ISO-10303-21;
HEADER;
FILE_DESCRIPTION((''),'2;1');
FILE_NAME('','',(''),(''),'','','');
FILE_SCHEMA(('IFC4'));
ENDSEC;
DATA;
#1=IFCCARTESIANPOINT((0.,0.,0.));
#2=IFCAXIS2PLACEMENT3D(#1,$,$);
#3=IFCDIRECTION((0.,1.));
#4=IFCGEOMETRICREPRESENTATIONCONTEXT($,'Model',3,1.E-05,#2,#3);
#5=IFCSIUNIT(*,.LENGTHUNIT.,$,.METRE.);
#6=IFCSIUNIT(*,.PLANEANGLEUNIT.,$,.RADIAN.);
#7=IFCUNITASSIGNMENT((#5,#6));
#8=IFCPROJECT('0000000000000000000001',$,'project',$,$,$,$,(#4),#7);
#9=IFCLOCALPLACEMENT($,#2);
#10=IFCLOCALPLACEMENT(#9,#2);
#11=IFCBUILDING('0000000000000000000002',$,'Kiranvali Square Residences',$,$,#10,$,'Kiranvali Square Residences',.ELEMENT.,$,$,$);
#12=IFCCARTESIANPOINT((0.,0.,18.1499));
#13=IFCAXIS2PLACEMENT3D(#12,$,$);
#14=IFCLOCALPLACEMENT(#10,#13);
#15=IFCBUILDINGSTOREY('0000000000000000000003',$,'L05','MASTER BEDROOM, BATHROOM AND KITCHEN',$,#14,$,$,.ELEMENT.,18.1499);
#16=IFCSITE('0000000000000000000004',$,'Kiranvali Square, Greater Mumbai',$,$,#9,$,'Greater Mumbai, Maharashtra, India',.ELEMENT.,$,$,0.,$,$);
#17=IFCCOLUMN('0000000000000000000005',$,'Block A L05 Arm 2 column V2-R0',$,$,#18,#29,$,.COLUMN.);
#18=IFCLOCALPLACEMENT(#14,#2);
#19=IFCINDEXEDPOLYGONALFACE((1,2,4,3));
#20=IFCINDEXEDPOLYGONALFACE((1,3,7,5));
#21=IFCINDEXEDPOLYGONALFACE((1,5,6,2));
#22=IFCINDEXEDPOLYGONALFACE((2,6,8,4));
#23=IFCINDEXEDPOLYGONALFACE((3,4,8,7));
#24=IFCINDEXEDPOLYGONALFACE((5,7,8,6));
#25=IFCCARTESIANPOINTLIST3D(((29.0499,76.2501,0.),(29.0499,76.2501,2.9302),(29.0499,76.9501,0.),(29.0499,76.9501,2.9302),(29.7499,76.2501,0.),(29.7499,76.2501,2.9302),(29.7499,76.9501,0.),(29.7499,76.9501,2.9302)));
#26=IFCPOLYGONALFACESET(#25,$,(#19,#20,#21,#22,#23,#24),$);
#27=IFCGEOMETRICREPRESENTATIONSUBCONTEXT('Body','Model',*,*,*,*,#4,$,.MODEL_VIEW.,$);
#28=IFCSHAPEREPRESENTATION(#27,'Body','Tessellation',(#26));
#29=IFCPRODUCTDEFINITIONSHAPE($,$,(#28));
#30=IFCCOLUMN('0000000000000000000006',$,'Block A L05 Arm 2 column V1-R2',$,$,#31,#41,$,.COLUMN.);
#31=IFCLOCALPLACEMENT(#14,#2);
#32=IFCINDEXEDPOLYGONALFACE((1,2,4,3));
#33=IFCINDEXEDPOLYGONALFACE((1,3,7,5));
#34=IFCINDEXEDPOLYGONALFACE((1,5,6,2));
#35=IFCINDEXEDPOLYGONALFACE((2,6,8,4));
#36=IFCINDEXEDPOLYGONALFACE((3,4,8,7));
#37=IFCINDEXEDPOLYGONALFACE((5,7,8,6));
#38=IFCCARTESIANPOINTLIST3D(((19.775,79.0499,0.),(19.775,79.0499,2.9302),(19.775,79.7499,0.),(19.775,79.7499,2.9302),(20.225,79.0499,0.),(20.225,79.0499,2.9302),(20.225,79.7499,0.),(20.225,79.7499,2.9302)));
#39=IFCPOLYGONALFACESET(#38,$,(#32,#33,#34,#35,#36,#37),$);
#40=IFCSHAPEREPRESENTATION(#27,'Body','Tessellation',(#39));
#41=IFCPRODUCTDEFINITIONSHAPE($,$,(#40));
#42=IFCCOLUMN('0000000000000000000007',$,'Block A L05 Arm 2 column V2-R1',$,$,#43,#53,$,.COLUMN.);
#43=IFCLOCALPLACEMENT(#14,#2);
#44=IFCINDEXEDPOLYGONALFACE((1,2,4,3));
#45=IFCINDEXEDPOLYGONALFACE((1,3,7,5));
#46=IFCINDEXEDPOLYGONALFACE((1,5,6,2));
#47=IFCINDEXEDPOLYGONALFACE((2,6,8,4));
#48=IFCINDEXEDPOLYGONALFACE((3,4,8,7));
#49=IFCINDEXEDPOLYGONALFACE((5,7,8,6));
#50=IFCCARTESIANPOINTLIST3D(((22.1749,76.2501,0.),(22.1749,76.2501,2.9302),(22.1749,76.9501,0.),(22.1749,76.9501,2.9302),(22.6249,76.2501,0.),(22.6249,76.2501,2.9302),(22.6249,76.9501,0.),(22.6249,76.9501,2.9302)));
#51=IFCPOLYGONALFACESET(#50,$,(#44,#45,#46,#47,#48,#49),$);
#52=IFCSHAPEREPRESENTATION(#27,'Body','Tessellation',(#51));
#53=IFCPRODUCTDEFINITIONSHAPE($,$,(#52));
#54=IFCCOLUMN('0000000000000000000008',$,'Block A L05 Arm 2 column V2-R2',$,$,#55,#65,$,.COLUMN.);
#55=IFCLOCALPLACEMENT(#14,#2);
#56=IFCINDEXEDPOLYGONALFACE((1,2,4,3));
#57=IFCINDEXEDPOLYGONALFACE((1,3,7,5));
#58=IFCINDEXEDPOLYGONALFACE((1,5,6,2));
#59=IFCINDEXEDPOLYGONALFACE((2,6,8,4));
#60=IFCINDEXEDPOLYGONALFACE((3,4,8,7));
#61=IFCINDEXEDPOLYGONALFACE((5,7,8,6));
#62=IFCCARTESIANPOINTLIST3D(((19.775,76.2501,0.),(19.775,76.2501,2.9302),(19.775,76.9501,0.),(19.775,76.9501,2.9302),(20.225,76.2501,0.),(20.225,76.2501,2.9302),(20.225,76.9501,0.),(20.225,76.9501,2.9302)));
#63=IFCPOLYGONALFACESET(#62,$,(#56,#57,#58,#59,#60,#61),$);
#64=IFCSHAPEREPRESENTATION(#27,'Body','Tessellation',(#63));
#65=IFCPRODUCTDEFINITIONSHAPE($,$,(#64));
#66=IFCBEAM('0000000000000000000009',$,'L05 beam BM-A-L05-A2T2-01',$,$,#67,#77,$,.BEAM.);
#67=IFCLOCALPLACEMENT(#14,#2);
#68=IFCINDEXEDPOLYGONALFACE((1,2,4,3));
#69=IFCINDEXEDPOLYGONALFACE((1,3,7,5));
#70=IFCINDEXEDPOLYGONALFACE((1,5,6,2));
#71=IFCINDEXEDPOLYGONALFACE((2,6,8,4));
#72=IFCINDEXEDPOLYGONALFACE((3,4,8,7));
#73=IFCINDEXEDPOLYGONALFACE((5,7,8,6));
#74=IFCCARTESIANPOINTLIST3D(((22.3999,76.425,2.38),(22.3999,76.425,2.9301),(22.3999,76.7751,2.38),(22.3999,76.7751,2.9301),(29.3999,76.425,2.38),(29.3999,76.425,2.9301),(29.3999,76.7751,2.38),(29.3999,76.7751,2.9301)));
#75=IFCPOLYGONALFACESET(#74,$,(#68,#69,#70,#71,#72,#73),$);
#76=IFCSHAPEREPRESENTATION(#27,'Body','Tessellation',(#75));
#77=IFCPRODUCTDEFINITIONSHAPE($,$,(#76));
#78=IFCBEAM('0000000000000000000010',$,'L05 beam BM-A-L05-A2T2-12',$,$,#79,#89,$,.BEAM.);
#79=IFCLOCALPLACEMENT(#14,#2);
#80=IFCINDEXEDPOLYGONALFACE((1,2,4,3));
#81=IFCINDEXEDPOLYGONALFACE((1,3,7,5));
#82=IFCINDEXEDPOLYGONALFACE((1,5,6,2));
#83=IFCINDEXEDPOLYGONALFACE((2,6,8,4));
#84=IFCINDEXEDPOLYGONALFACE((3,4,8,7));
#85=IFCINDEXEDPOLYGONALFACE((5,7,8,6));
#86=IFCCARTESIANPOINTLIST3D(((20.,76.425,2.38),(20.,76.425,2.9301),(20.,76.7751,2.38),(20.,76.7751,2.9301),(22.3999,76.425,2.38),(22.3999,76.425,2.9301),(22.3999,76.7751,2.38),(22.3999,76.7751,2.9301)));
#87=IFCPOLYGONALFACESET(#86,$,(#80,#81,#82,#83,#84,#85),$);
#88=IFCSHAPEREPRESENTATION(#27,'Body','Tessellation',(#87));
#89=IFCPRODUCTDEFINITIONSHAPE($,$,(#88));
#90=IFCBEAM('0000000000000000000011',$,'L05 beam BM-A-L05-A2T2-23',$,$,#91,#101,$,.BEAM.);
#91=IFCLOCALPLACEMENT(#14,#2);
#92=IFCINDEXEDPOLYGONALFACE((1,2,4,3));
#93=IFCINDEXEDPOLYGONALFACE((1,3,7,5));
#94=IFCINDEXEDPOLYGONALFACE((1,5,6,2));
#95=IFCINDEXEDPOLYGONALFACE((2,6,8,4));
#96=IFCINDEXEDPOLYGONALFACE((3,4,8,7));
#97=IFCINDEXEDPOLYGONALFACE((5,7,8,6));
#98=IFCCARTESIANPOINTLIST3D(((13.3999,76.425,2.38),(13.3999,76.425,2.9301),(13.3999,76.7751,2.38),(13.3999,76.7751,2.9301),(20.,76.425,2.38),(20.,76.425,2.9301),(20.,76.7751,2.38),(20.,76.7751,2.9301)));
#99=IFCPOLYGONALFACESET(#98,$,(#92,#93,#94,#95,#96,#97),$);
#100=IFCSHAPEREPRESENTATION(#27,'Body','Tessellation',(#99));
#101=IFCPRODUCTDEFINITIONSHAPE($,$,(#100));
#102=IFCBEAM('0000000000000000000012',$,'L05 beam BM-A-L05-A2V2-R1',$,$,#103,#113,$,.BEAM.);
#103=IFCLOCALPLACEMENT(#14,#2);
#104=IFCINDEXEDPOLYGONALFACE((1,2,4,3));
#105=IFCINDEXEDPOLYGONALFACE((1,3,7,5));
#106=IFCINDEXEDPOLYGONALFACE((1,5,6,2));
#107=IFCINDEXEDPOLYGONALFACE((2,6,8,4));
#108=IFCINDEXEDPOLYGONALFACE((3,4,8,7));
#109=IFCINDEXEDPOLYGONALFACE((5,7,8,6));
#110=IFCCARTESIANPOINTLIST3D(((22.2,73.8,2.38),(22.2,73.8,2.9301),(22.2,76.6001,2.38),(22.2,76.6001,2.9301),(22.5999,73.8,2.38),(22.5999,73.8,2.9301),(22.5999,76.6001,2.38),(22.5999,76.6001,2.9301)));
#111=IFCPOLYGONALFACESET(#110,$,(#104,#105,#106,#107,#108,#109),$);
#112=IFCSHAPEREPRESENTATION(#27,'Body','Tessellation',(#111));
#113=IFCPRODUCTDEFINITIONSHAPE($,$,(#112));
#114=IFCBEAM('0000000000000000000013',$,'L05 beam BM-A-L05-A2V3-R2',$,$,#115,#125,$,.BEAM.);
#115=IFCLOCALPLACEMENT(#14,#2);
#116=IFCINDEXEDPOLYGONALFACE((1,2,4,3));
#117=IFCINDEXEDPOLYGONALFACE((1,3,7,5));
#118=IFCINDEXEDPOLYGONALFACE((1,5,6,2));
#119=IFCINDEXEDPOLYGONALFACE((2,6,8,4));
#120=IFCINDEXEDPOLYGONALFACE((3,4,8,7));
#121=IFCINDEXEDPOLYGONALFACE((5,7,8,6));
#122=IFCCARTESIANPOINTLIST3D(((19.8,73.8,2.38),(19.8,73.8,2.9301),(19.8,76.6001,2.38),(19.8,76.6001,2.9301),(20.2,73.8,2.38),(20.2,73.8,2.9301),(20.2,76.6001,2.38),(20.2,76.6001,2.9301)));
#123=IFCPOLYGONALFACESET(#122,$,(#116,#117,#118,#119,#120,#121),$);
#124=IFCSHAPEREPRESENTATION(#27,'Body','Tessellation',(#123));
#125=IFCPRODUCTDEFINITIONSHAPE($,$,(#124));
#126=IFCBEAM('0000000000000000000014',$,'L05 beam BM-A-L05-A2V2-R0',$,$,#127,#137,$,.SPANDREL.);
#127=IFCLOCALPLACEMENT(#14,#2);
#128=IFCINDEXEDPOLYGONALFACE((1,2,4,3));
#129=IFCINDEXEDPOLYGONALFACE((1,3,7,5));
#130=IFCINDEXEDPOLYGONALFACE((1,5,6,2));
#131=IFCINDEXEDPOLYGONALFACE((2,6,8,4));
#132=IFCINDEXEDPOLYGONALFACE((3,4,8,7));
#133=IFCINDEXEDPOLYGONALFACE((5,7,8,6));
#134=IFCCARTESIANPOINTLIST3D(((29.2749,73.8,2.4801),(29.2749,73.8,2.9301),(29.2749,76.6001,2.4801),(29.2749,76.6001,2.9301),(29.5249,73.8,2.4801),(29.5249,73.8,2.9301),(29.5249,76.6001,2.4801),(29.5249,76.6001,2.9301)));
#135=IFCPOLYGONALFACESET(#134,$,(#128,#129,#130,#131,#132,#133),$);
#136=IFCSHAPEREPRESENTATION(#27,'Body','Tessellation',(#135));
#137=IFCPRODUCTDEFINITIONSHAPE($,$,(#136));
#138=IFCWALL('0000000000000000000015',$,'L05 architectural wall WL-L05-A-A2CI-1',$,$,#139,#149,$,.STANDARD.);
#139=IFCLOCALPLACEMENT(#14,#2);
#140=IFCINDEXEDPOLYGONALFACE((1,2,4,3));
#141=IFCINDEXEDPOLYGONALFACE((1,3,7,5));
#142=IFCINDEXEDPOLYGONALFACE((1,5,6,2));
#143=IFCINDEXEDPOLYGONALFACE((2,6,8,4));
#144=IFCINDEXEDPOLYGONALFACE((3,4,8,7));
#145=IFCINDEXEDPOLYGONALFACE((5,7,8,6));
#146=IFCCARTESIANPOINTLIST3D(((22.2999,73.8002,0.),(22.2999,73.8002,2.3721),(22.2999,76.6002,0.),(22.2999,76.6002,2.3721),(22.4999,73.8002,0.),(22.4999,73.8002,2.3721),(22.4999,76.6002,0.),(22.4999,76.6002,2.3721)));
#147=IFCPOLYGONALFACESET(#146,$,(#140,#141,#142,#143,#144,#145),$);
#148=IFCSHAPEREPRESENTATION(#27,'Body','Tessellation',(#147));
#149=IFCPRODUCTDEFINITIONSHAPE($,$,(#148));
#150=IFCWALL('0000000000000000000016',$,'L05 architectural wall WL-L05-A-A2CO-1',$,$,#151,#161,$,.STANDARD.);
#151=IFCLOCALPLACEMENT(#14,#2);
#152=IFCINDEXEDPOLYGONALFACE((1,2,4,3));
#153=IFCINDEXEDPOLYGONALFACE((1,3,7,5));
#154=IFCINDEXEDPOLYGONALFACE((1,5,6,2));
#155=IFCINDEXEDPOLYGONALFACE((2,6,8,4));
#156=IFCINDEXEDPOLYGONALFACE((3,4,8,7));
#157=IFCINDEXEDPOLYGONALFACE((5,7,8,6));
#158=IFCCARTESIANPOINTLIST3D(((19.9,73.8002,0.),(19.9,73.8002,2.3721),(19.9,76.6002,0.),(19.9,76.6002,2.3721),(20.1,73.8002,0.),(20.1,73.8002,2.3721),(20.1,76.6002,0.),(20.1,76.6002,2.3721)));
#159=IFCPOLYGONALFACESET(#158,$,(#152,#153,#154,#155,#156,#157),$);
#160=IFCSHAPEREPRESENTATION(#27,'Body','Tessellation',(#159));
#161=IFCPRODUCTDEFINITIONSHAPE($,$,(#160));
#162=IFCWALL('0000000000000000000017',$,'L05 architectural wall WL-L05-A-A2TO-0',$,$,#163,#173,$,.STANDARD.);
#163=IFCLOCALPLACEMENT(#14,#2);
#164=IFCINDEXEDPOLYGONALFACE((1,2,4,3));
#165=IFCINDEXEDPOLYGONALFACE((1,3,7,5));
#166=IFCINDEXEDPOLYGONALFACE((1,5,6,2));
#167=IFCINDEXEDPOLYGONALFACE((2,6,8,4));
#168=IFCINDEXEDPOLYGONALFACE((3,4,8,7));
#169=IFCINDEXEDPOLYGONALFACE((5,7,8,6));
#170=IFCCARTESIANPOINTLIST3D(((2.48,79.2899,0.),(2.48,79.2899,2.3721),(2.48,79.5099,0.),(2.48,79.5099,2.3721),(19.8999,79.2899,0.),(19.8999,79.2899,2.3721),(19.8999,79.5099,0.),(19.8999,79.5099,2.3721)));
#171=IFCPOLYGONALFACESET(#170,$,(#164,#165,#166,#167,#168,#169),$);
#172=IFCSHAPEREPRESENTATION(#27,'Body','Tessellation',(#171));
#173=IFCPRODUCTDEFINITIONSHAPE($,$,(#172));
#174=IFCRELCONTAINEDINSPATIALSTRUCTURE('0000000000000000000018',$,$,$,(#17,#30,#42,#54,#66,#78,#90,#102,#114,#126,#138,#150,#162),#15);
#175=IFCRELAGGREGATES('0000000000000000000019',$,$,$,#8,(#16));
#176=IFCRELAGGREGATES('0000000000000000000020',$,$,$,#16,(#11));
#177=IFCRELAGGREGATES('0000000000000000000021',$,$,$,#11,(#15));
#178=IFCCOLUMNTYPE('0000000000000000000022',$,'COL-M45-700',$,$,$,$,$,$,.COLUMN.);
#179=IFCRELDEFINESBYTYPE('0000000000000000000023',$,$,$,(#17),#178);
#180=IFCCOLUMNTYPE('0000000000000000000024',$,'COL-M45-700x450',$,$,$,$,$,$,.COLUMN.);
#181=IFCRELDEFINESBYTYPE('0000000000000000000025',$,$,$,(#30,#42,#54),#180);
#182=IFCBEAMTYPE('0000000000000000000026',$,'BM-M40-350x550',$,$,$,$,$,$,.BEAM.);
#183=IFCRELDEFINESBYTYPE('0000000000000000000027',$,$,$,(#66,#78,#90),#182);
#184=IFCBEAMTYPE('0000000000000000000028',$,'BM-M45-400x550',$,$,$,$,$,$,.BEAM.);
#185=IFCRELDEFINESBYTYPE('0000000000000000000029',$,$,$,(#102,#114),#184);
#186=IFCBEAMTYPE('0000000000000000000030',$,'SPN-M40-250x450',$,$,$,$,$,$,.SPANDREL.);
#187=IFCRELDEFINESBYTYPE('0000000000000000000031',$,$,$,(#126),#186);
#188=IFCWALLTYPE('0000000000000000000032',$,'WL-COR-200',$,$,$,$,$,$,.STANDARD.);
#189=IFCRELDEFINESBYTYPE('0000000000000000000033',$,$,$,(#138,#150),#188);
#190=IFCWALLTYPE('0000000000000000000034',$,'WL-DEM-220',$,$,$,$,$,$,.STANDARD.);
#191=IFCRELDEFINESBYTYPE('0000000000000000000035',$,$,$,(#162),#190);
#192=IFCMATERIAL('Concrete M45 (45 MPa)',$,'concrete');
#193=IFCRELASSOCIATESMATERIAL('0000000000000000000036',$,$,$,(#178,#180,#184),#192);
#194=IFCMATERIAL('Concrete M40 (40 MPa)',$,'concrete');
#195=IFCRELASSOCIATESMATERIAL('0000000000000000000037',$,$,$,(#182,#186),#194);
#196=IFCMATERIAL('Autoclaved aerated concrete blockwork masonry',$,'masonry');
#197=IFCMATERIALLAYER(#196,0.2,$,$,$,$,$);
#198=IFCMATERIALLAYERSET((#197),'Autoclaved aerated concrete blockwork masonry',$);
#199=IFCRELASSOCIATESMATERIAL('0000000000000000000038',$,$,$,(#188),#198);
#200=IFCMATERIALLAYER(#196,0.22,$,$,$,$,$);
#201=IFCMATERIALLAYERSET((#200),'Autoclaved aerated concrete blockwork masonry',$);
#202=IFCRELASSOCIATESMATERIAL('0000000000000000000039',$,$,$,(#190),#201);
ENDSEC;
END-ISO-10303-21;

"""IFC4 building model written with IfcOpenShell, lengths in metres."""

from ifc_helpers import new_model, si_unit, direction, frame, frame_2d, origin, origin_2d, place, context, subcontext, project, spatial, rectangle, extrude, material, layer, layer_set, material_profile, profile_set, type_object, element, save


model = new_model("IFC4")

# Units and contexts
model_context = context("Model", 3, precision=1e-05, world=origin(), true_north=direction((0.0, 1.0)))
body_context = subcontext(model_context, "Body", "Model", "MODEL_VIEW")
ifc_project = project(units=[si_unit("LENGTHUNIT", "METRE"), si_unit("PLANEANGLEUNIT", "RADIAN")], contexts=[model_context])

# Site, building, storey
site_placement = place(None, origin())
site = spatial("IfcSite", under=ifc_project, at=site_placement, Name="Kiranvali Square, Greater Mumbai", LongName="Greater Mumbai, Maharashtra, India", CompositionType="ELEMENT", RefElevation=0.0)
building_placement = place(site_placement, origin())
building = spatial("IfcBuilding", under=site, at=building_placement, Name="Kiranvali Square Residences", LongName="Kiranvali Square Residences", CompositionType="ELEMENT")
storey_placement = place(building_placement, frame((0.0, 0.0, 18.1499)))
storey = spatial("IfcBuildingStorey", under=building, at=storey_placement, Name="L05", Description="MASTER BEDROOM, BATHROOM AND KITCHEN", CompositionType="ELEMENT", Elevation=18.1499)

# Columns
ifc_material_1 = material(Name="Concrete M45 (45 MPa)", Category="concrete")
ifc_material_profile_1 = material_profile(ifc_material_1, rectangle(XDim=0.7, YDim=0.7, at=origin_2d()), Name="RC 700x700")
ifc_profile_set_1 = profile_set([ifc_material_profile_1], Name="Concrete M45 (45 MPa)")
column_type_1 = type_object("IfcColumnType", Name="COL-M45-700", PredefinedType="COLUMN", material=ifc_profile_set_1)
column_placement = place(storey_placement, frame((29.3999, 76.6001, 0.0), z_axis=(0.0, 0.0, 1.0), x_axis=(1.0, 0.0, 0.0)))
element("IfcColumn", 1, at=column_placement, inside=storey, type_object=column_type_1, Name="Block A L05 Arm 2 column V2-R0", PredefinedType="COLUMN", context=body_context, shape_type="SweptSolid", body=[
    extrude(rectangle(XDim=0.7, YDim=0.7, at=origin_2d()), origin(), (0.0, 0.0, 1.0), 2.9302),
])
ifc_material_profile_2 = material_profile(ifc_material_1, rectangle(XDim=0.45, YDim=0.7, at=origin_2d()), Name="RC 700x450")
ifc_profile_set_2 = profile_set([ifc_material_profile_2], Name="Concrete M45 (45 MPa)")
column_type_2 = type_object("IfcColumnType", Name="COL-M45-700x450", PredefinedType="COLUMN", material=ifc_profile_set_2)
for number, where, z_axis, x_axis, name in (
    (2, (20.0, 79.3999, 0.0), (0.0, 0.0, 1.0), (1.0, 0.0, 0.0), "Block A L05 Arm 2 column V1-R2"),
    (3, (22.3999, 76.6001, 0.0), (0.0, 0.0, 1.0), (1.0, 0.0, 0.0), "Block A L05 Arm 2 column V2-R1"),
    (4, (20.0, 76.6001, 0.0), (0.0, 0.0, 1.0), (1.0, 0.0, 0.0), "Block A L05 Arm 2 column V2-R2"),
):
    element("IfcColumn", number, at=place(storey_placement, frame(where, z_axis=z_axis, x_axis=x_axis)), inside=storey, type_object=column_type_2, Name=name, PredefinedType="COLUMN", context=body_context, shape_type="SweptSolid", body=[
        extrude(rectangle(XDim=0.45, YDim=0.7, at=origin_2d()), origin(), (0.0, 0.0, 1.0), 2.9302),
    ])

# Beams
ifc_material_2 = material(Name="Concrete M40 (40 MPa)", Category="concrete")
ifc_material_profile_3 = material_profile(ifc_material_2, rectangle(XDim=0.3501, YDim=0.55, at=origin_2d()), Name="RC 350x550")
ifc_profile_set_3 = profile_set([ifc_material_profile_3], Name="Concrete M40 (40 MPa)")
beam_type_1 = type_object("IfcBeamType", Name="BM-M40-350x550", PredefinedType="BEAM", material=ifc_profile_set_3)
beam_1_placement = place(storey_placement, frame((29.3999, 76.6001, 2.655), z_axis=(-1.0, 0.0, 0.0), x_axis=(0.0, -1.0, 0.0)))
element("IfcBeam", 5, at=beam_1_placement, inside=storey, type_object=beam_type_1, Name="L05 beam BM-A-L05-A2T2-01", PredefinedType="BEAM", context=body_context, shape_type="SweptSolid", body=[
    extrude(rectangle(XDim=0.3501, YDim=0.55, at=origin_2d()), origin(), (0.0, 0.0, 1.0), 7.0),
])
beam_2_placement = place(storey_placement, frame((22.3999, 76.6001, 2.655), z_axis=(-1.0, 0.0, 0.0), x_axis=(0.0, -1.0, 0.0)))
element("IfcBeam", 6, at=beam_2_placement, inside=storey, type_object=beam_type_1, Name="L05 beam BM-A-L05-A2T2-12", PredefinedType="BEAM", context=body_context, shape_type="SweptSolid", body=[
    extrude(rectangle(XDim=0.3501, YDim=0.55, at=origin_2d()), origin(), (0.0, 0.0, 1.0), 2.3999),
])
beam_3_placement = place(storey_placement, frame((20.0, 76.6001, 2.655), z_axis=(-1.0, 0.0, 0.0), x_axis=(0.0, -1.0, 0.0)))
element("IfcBeam", 7, at=beam_3_placement, inside=storey, type_object=beam_type_1, Name="L05 beam BM-A-L05-A2T2-23", PredefinedType="BEAM", context=body_context, shape_type="SweptSolid", body=[
    extrude(rectangle(XDim=0.3501, YDim=0.55, at=origin_2d()), origin(), (0.0, 0.0, 1.0), 6.6001),
])
ifc_material_profile_4 = material_profile(ifc_material_1, rectangle(XDim=0.3999, YDim=0.55, at=origin_2d()), Name="RC 400x550")
ifc_profile_set_4 = profile_set([ifc_material_profile_4], Name="Concrete M45 (45 MPa)")
beam_type_2 = type_object("IfcBeamType", Name="BM-M45-400x550", PredefinedType="BEAM", material=ifc_profile_set_4)
for number, where, z_axis, x_axis, name in (
    (8, (22.3999, 76.6001, 2.655), (0.0, -1.0, 0.0), (1.0, 0.0, 0.0), "L05 beam BM-A-L05-A2V2-R1"),
    (9, (20.0, 76.6001, 2.655), (0.0, -1.0, 0.0), (1.0, 0.0, 0.0), "L05 beam BM-A-L05-A2V3-R2"),
):
    element("IfcBeam", number, at=place(storey_placement, frame(where, z_axis=z_axis, x_axis=x_axis)), inside=storey, type_object=beam_type_2, Name=name, PredefinedType="BEAM", context=body_context, shape_type="SweptSolid", body=[
        extrude(rectangle(XDim=0.3999, YDim=0.55, at=origin_2d()), origin(), (0.0, 0.0, 1.0), 2.8),
    ])
ifc_material_profile_5 = material_profile(ifc_material_2, rectangle(XDim=0.25, YDim=0.45, at=origin_2d()), Name="RC 250x450")
ifc_profile_set_5 = profile_set([ifc_material_profile_5], Name="Concrete M40 (40 MPa)")
beam_type_3 = type_object("IfcBeamType", Name="SPN-M40-250x450", PredefinedType="SPANDREL", material=ifc_profile_set_5)
beam_4_placement = place(storey_placement, frame((29.3999, 76.6001, 2.7051), z_axis=(0.0, -1.0, 0.0), x_axis=(1.0, 0.0, 0.0)))
element("IfcBeam", 10, at=beam_4_placement, inside=storey, type_object=beam_type_3, Name="L05 beam BM-A-L05-A2V2-R0", PredefinedType="SPANDREL", context=body_context, shape_type="SweptSolid", body=[
    extrude(rectangle(XDim=0.25, YDim=0.45, at=origin_2d()), origin(), (0.0, 0.0, 1.0), 2.8),
])

# Walls
ifc_material_3 = material(Name="Autoclaved aerated concrete blockwork masonry", Category="masonry")
ifc_layer_1 = layer(ifc_material_3, 0.2)
ifc_layer_set_1 = layer_set([ifc_layer_1], Name="Autoclaved aerated concrete blockwork masonry")
wall_type_1 = type_object("IfcWallType", Name="WL-COR-200", PredefinedType="STANDARD", material=ifc_layer_set_1)
for number, where, z_axis, x_axis, name in (
    (11, (22.3999, 76.6001, 0.0), (0.0, 0.0, 1.0), (0.0, -1.0, 0.0), "L05 architectural wall WL-L05-A-A2CI-1"),
    (12, (20.0, 76.6001, 0.0), (0.0, 0.0, 1.0), (0.0, -1.0, 0.0), "L05 architectural wall WL-L05-A-A2CO-1"),
):
    element("IfcWall", number, at=place(storey_placement, frame(where, z_axis=z_axis, x_axis=x_axis)), inside=storey, type_object=wall_type_1, Name=name, PredefinedType="STANDARD", context=body_context, shape_type="SweptSolid", body=[
        extrude(rectangle(XDim=2.8, YDim=0.2, at=frame_2d((1.3999, 0.0))), origin(), (0.0, 0.0, 1.0), 2.3721),
    ])
ifc_layer_2 = layer(ifc_material_3, 0.22)
ifc_layer_set_2 = layer_set([ifc_layer_2], Name="Autoclaved aerated concrete blockwork masonry")
wall_type_2 = type_object("IfcWallType", Name="WL-DEM-220", PredefinedType="STANDARD", material=ifc_layer_set_2)
wall_1_placement = place(storey_placement, frame((19.8999, 79.3999, 0.0), z_axis=(0.0, 0.0, 1.0), x_axis=(-1.0, 0.0, 0.0)))
element("IfcWall", 13, at=wall_1_placement, inside=storey, type_object=wall_type_2, Name="L05 architectural wall WL-L05-A-A2TO-0", PredefinedType="STANDARD", context=body_context, shape_type="SweptSolid", body=[
    extrude(rectangle(XDim=17.4199, YDim=0.22, at=frame_2d((8.71, 0.0))), origin(), (0.0, 0.0, 1.0), 2.3721),
])

save(model, "model.ifc")
